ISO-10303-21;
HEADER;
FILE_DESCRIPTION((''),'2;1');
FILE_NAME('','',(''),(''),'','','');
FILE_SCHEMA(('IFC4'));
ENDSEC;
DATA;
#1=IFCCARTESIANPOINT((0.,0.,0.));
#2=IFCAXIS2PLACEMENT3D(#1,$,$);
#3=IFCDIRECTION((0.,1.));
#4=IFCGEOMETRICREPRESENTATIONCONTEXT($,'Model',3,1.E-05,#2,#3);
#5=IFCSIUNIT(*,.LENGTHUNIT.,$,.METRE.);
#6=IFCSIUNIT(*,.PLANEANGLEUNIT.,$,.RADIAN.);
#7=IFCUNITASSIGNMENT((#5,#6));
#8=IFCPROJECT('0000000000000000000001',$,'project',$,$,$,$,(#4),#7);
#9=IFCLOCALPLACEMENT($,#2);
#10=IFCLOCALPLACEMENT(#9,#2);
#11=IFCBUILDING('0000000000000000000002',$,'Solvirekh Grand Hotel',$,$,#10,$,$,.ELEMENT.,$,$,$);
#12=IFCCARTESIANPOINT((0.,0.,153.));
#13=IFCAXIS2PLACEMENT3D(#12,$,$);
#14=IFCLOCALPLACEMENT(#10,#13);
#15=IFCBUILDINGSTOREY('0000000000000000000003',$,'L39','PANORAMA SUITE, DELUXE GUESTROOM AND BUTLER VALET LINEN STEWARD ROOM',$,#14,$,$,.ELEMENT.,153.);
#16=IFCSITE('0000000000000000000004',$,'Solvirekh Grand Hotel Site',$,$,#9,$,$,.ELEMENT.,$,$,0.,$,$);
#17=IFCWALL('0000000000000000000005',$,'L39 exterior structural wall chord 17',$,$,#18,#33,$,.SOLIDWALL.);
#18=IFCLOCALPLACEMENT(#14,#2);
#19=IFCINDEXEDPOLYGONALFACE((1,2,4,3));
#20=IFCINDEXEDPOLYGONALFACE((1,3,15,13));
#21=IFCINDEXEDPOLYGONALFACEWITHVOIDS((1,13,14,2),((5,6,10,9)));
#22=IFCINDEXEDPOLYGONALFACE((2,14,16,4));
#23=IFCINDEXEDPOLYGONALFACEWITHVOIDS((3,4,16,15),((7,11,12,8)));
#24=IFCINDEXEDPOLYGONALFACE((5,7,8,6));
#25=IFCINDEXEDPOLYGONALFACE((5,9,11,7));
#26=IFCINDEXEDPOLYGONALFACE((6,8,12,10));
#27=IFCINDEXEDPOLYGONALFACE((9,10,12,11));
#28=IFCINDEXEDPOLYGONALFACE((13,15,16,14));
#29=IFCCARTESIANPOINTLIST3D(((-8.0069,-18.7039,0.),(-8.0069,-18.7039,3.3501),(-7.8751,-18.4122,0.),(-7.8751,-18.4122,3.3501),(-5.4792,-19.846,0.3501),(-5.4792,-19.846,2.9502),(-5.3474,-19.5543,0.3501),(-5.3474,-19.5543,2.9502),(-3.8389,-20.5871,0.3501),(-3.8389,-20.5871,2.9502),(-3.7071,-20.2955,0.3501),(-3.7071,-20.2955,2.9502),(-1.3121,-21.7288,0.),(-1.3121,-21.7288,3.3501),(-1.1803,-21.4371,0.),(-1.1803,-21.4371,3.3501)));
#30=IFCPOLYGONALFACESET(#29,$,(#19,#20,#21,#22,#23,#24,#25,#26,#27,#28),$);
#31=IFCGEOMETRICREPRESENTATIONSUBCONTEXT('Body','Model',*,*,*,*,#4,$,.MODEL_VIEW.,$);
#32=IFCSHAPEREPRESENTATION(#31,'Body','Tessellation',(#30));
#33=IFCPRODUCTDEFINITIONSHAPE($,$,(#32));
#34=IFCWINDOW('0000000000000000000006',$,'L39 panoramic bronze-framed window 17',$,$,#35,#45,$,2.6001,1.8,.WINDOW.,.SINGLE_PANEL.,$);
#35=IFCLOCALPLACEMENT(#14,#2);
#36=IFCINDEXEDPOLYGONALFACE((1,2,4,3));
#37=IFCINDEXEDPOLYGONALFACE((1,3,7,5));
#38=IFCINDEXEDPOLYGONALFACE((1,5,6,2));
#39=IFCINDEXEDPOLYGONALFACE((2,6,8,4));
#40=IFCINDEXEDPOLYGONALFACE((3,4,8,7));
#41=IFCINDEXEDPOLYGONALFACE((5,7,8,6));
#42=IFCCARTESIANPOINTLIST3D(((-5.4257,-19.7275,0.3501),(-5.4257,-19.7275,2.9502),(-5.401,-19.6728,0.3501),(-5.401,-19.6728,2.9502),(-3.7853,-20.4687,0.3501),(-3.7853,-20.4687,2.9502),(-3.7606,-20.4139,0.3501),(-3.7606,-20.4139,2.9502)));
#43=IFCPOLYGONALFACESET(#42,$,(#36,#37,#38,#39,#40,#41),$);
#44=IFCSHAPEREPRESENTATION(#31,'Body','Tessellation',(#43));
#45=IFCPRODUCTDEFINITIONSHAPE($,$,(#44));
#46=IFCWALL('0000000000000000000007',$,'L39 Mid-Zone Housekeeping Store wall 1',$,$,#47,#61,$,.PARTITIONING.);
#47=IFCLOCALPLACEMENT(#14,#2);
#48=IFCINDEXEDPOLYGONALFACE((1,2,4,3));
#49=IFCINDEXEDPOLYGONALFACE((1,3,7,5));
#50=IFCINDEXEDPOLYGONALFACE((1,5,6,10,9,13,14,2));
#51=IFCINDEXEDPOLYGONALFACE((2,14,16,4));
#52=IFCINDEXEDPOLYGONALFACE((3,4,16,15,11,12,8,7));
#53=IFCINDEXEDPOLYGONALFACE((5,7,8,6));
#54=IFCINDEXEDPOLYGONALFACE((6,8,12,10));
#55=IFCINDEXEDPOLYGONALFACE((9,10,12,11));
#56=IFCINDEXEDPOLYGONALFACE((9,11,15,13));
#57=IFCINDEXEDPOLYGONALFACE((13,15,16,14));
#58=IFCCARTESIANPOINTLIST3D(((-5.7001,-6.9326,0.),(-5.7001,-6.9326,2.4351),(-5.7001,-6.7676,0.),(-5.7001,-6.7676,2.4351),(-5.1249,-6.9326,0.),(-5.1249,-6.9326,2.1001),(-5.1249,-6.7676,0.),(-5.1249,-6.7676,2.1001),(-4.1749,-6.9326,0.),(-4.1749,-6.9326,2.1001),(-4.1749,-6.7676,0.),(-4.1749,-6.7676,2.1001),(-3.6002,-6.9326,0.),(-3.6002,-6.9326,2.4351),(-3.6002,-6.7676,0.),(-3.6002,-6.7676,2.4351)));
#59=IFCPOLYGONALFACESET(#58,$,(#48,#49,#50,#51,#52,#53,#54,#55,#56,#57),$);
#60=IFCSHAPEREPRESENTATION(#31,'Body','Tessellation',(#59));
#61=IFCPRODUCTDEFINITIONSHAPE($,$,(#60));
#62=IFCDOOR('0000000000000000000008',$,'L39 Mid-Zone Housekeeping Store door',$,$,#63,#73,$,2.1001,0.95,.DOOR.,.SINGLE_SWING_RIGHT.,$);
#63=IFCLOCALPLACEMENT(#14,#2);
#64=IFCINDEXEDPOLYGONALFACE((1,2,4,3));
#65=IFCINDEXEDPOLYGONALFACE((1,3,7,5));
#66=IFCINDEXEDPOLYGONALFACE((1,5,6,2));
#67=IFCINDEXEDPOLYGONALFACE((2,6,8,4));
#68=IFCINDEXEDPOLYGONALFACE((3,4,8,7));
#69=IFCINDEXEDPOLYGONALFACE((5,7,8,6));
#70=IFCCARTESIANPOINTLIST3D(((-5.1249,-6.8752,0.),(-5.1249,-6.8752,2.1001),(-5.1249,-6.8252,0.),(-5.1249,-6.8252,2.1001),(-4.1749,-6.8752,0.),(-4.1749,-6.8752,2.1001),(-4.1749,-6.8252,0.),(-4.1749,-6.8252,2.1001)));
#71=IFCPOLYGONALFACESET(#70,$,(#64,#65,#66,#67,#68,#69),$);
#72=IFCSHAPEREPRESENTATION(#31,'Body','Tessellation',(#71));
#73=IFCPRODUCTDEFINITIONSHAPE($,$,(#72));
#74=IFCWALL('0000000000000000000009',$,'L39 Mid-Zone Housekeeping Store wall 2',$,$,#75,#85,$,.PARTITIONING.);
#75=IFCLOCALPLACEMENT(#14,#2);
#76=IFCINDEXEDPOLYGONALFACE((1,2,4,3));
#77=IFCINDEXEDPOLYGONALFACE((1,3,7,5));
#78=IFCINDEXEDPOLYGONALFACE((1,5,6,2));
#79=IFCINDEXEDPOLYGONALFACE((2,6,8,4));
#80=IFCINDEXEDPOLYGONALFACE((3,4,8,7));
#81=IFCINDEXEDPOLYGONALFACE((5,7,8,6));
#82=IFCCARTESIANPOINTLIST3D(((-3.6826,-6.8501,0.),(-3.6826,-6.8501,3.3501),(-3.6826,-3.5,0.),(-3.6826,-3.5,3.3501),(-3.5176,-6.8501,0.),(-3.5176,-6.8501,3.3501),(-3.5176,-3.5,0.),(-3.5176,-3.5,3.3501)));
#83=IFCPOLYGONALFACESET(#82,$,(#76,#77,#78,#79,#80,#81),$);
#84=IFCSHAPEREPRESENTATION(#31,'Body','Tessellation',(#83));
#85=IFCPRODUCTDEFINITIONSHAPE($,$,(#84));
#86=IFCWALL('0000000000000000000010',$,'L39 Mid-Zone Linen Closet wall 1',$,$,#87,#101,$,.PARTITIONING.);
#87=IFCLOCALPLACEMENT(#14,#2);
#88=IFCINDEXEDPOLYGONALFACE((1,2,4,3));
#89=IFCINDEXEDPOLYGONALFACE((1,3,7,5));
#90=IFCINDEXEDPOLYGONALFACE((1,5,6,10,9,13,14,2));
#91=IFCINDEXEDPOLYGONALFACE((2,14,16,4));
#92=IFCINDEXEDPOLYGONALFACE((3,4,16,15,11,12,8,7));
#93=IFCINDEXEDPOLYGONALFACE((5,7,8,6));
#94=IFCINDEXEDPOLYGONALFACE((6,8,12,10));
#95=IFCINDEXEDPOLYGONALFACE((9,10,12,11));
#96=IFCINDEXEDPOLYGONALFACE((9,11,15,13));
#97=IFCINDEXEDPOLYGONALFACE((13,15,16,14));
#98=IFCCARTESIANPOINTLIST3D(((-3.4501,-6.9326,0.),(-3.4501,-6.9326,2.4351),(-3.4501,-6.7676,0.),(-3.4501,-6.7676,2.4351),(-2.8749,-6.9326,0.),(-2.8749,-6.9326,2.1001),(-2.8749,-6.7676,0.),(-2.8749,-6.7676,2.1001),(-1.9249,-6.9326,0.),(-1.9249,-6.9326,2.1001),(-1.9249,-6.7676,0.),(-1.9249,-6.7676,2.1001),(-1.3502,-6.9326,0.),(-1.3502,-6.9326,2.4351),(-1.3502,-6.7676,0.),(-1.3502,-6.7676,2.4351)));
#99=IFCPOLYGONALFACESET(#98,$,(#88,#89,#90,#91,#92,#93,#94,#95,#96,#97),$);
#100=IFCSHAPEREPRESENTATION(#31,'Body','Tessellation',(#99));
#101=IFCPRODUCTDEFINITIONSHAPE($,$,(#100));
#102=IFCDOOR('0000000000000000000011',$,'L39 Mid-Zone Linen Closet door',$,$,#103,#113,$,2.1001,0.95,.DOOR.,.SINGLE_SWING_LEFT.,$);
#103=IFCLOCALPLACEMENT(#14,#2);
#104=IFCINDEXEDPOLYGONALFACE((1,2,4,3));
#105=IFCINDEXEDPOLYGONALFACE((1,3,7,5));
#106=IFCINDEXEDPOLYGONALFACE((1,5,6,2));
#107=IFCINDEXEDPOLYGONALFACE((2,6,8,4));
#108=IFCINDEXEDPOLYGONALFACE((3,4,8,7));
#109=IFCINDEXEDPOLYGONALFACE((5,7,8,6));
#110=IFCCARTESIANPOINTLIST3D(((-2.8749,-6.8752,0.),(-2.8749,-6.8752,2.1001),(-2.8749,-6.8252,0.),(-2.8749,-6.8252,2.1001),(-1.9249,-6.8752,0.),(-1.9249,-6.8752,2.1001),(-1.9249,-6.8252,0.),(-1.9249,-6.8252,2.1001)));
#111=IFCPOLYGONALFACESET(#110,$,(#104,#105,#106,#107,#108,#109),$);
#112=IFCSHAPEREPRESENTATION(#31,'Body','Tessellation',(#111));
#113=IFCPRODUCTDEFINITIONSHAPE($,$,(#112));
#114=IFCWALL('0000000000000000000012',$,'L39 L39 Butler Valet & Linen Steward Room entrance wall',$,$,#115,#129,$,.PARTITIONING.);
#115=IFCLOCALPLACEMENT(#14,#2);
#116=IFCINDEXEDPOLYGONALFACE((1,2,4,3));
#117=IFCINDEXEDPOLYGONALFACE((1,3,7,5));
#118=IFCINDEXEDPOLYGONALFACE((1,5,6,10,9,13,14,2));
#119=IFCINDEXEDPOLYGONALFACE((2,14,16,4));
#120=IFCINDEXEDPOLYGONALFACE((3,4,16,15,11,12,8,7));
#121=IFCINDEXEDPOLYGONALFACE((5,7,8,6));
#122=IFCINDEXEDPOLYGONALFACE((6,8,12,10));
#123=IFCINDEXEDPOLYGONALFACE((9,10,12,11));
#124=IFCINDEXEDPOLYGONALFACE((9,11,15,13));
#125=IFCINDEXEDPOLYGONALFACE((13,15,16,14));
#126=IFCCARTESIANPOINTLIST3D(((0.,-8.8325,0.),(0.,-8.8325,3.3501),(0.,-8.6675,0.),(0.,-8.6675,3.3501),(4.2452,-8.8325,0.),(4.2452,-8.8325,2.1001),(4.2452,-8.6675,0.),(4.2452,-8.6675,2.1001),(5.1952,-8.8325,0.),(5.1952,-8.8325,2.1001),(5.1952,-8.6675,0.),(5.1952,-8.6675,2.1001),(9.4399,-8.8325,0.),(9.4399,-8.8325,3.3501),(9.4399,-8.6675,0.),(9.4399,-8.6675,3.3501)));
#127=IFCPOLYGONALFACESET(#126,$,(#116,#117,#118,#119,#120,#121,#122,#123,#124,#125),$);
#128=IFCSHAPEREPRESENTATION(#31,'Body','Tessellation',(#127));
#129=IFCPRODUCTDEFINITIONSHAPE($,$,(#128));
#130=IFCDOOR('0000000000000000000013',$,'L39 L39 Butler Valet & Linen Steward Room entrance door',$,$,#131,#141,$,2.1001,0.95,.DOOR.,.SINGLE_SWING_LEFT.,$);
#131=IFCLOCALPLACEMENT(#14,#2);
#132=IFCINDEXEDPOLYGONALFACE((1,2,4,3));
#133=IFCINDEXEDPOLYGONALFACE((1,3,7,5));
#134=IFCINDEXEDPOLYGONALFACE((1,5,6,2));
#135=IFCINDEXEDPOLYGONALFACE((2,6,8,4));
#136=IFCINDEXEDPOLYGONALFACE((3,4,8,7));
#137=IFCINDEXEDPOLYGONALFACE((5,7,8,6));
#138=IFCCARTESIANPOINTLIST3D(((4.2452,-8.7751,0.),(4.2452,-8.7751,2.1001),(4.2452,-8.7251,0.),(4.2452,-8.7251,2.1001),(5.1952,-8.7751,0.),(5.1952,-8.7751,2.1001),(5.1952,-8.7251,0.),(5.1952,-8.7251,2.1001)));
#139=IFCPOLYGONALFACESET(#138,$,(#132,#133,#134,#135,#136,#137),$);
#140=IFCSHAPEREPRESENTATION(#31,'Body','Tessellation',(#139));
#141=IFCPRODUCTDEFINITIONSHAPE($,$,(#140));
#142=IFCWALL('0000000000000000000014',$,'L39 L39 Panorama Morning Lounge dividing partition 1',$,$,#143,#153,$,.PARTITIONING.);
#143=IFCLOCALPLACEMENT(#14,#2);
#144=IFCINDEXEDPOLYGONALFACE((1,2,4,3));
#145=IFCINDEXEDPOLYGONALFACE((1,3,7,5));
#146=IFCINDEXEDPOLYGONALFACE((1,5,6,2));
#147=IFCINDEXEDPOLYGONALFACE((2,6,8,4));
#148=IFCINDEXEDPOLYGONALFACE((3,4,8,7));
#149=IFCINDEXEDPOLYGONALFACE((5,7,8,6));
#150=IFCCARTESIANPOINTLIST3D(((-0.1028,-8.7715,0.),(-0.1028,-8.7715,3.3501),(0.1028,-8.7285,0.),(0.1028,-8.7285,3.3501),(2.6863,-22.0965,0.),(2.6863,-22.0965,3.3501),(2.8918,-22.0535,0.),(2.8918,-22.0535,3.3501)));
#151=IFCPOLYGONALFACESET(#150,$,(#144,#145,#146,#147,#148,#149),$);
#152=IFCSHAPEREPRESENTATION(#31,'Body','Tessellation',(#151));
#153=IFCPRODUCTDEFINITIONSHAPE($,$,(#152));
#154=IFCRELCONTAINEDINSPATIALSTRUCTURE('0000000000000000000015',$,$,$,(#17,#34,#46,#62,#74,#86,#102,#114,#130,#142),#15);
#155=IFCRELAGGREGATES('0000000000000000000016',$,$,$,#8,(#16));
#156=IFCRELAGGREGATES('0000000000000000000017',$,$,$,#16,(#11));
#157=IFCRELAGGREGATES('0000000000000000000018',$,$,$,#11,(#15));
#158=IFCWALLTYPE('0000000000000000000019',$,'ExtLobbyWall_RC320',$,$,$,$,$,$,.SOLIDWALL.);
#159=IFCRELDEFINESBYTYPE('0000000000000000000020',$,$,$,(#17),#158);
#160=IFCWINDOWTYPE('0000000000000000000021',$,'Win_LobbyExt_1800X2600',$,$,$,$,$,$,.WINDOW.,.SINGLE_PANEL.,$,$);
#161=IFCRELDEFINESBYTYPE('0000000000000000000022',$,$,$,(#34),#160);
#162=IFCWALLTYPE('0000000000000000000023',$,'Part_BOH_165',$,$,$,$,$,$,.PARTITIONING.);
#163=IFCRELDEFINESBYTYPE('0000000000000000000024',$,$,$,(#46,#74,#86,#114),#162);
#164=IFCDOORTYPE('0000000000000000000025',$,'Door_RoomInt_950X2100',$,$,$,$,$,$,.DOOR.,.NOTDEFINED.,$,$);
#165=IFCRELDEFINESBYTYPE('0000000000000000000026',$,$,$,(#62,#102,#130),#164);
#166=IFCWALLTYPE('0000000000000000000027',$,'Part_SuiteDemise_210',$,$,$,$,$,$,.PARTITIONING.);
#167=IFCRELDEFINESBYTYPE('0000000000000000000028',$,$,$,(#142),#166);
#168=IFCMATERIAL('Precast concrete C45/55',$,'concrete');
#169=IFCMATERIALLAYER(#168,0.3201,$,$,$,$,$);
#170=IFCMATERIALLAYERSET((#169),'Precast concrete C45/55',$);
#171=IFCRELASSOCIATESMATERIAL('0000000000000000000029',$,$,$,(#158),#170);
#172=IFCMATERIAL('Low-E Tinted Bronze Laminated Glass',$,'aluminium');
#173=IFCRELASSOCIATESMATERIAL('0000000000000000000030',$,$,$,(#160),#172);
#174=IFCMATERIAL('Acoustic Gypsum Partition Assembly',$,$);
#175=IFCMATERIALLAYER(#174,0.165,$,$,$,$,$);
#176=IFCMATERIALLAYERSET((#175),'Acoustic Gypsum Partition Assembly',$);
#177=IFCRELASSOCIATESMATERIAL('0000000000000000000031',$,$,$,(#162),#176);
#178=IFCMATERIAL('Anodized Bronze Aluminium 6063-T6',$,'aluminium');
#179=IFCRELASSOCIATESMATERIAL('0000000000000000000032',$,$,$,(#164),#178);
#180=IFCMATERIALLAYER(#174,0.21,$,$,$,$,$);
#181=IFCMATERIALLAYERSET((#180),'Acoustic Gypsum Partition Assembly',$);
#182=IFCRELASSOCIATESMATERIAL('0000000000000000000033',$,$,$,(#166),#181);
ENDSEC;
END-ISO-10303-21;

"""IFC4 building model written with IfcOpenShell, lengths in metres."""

from ifc_helpers import new_model, si_unit, direction, frame, frame_2d, origin, place, context, subcontext, project, spatial, rectangle, extrude, material, layer, layer_set, type_object, element, fill, save


model = new_model("IFC4")

# Units and contexts
model_context = context("Model", 3, precision=1e-05, world=origin(), true_north=direction((0.0, 1.0)))
body_context = subcontext(model_context, "Body", "Model", "MODEL_VIEW")
ifc_project = project(units=[si_unit("LENGTHUNIT", "METRE"), si_unit("PLANEANGLEUNIT", "RADIAN")], contexts=[model_context])

# Site, building, storey
site_placement = place(None, origin())
site = spatial("IfcSite", under=ifc_project, at=site_placement, Name="Solvirekh Grand Hotel Site", CompositionType="ELEMENT", RefElevation=0.0)
building_placement = place(site_placement, origin())
building = spatial("IfcBuilding", under=site, at=building_placement, Name="Solvirekh Grand Hotel", CompositionType="ELEMENT")
storey_placement = place(building_placement, frame((0.0, 0.0, 153.0)))
storey = spatial("IfcBuildingStorey", under=building, at=storey_placement, Name="L39", Description="PANORAMA SUITE, DELUXE GUESTROOM AND BUTLER VALET LINEN STEWARD ROOM", CompositionType="ELEMENT", Elevation=153.0)

# Shared definitions
ifc_material_1 = material(Name="Anodized Bronze Aluminium 6063-T6", Category="aluminium")

# Wall, opening, window
ifc_material_2 = material(Name="Precast concrete C45/55", Category="concrete")
ifc_layer_1 = layer(ifc_material_2, 0.3201)
ifc_layer_set_1 = layer_set([ifc_layer_1], Name="Precast concrete C45/55")
wall_type_1 = type_object("IfcWallType", Name="ExtLobbyWall_RC320", PredefinedType="SOLIDWALL", material=ifc_layer_set_1)
wall_1_placement = place(storey_placement, frame((-1.2461, -21.583, 0.0), z_axis=(0.0, 0.0, 1.0), x_axis=(-0.911297, 0.411749, 0.0)))
wall_1 = element("IfcWall", 1, at=wall_1_placement, inside=storey, type_object=wall_type_1, Name="L39 exterior structural wall chord 17", PredefinedType="SOLIDWALL", context=body_context, shape_type="SweptSolid", body=[
    extrude(rectangle(XDim=7.3464, YDim=0.3201, at=frame_2d((3.6733, 0.0))), origin(), (0.0, 0.0, 1.0), 3.3501),
])
opening_1_placement = place(wall_1_placement, frame((2.7729, 0.0, 0.3501)))
opening_1 = element("IfcOpeningElement", 2, at=opening_1_placement, cuts=wall_1, PredefinedType="OPENING", context=body_context, shape_type="SweptSolid", body=[
    extrude(rectangle(XDim=1.8, YDim=2.6001, at=frame_2d((0.8999, 1.3))), frame((0.0, 0.1699, 0.0), z_axis=(0.0, -1.0, 0.0), x_axis=(1.0, 0.0, 0.0)), (0.0, 0.0, 1.0), 0.3401),
])
ifc_material_3 = material(Name="Low-E Tinted Bronze Laminated Glass", Category="aluminium")
window_type = type_object("IfcWindowType", Name="Win_LobbyExt_1800X2600", PartitioningType="SINGLE_PANEL", PredefinedType="WINDOW", material=ifc_material_3)
window_placement = place(opening_1_placement, origin())
window = element("IfcWindow", 3, at=window_placement, inside=storey, type_object=window_type, Name="L39 panoramic bronze-framed window 17", OverallHeight=2.6001, OverallWidth=1.8, PartitioningType="SINGLE_PANEL", PredefinedType="WINDOW", context=body_context, shape_type="SweptSolid", body=[
    extrude(rectangle(XDim=1.8, YDim=2.6001, at=frame_2d((0.8999, 1.3))), frame((0.0, 0.03, 0.0), z_axis=(0.0, -1.0, 0.0), x_axis=(1.0, 0.0, 0.0)), (0.0, 0.0, 1.0), 0.0601),
])
fill(opening_1, window)

# Wall, opening, door
ifc_material_4 = material(Name="Acoustic Gypsum Partition Assembly")
ifc_layer_2 = layer(ifc_material_4, 0.165)
ifc_layer_set_2 = layer_set([ifc_layer_2], Name="Acoustic Gypsum Partition Assembly")
wall_type_2 = type_object("IfcWallType", Name="Part_BOH_165", PredefinedType="PARTITIONING", material=ifc_layer_set_2)
wall_2_placement = place(storey_placement, frame((-5.7, -6.8501, 0.0), z_axis=(0.0, 0.0, 1.0), x_axis=(1.0, 0.0, 0.0)))
wall_2 = element("IfcWall", 4, at=wall_2_placement, inside=storey, type_object=wall_type_2, Name="L39 Mid-Zone Housekeeping Store wall 1", PredefinedType="PARTITIONING", context=body_context, shape_type="SweptSolid", body=[
    extrude(rectangle(XDim=2.0999, YDim=0.165, at=frame_2d((1.0498, 0.0))), origin(), (0.0, 0.0, 1.0), 2.4351),
])
opening_2_placement = place(wall_2_placement, frame((0.575, 0.0, 0.0)))
opening_2 = element("IfcOpeningElement", 5, at=opening_2_placement, cuts=wall_2, PredefinedType="OPENING", context=body_context, shape_type="SweptSolid", body=[
    extrude(rectangle(XDim=0.95, YDim=2.1001, at=frame_2d((0.4751, 1.05))), frame((0.0, 0.0925, 0.0), z_axis=(0.0, -1.0, 0.0), x_axis=(1.0, 0.0, 0.0)), (0.0, 0.0, 1.0), 0.1851),
])
door_type_1 = type_object("IfcDoorType", Name="Door_RoomInt_950X2100", OperationType="NOTDEFINED", PredefinedType="DOOR", material=ifc_material_1)
door_1_placement = place(opening_2_placement, origin())
door_1 = element("IfcDoor", 6, at=door_1_placement, inside=storey, type_object=door_type_1, Name="L39 Mid-Zone Housekeeping Store door", OperationType="SINGLE_SWING_RIGHT", OverallHeight=2.1001, OverallWidth=0.95, PredefinedType="DOOR", context=body_context, shape_type="SweptSolid", body=[
    extrude(rectangle(XDim=0.95, YDim=2.1001, at=frame_2d((0.4751, 1.05))), frame((0.0, 0.0249, 0.0), z_axis=(0.0, -1.0, 0.0), x_axis=(1.0, 0.0, 0.0)), (0.0, 0.0, 1.0), 0.05),
])
fill(opening_2, door_1)

# Wall
wall_3_placement = place(storey_placement, frame((-3.6001, -6.8501, 0.0), z_axis=(0.0, 0.0, 1.0), x_axis=(0.0, 1.0, 0.0)))
element("IfcWall", 7, at=wall_3_placement, inside=storey, type_object=wall_type_2, Name="L39 Mid-Zone Housekeeping Store wall 2", PredefinedType="PARTITIONING", context=body_context, shape_type="SweptSolid", body=[
    extrude(rectangle(XDim=3.3501, YDim=0.165, at=frame_2d((1.675, 0.0))), origin(), (0.0, 0.0, 1.0), 3.3501),
])

# Walls, openings, doors
wall_4_placement = place(storey_placement, frame((-3.45, -6.8501, 0.0), z_axis=(0.0, 0.0, 1.0), x_axis=(1.0, 0.0, 0.0)))
wall_4 = element("IfcWall", 8, at=wall_4_placement, inside=storey, type_object=wall_type_2, Name="L39 Mid-Zone Linen Closet wall 1", PredefinedType="PARTITIONING", context=body_context, shape_type="SweptSolid", body=[
    extrude(rectangle(XDim=2.0999, YDim=0.165, at=frame_2d((1.0498, 0.0))), origin(), (0.0, 0.0, 1.0), 2.4351),
])
opening_3_placement = place(wall_4_placement, frame((0.575, 0.0, 0.0)))
opening_3 = element("IfcOpeningElement", 9, at=opening_3_placement, cuts=wall_4, PredefinedType="OPENING", context=body_context, shape_type="SweptSolid", body=[
    extrude(rectangle(XDim=0.95, YDim=2.1001, at=frame_2d((0.4751, 1.05))), frame((0.0, 0.0925, 0.0), z_axis=(0.0, -1.0, 0.0), x_axis=(1.0, 0.0, 0.0)), (0.0, 0.0, 1.0), 0.1851),
])
door_2_placement = place(opening_3_placement, origin())
door_2 = element("IfcDoor", 10, at=door_2_placement, inside=storey, type_object=door_type_1, Name="L39 Mid-Zone Linen Closet door", OperationType="SINGLE_SWING_LEFT", OverallHeight=2.1001, OverallWidth=0.95, PredefinedType="DOOR", context=body_context, shape_type="SweptSolid", body=[
    extrude(rectangle(XDim=0.95, YDim=2.1001, at=frame_2d((0.4751, 1.05))), frame((0.0, 0.0249, 0.0), z_axis=(0.0, -1.0, 0.0), x_axis=(1.0, 0.0, 0.0)), (0.0, 0.0, 1.0), 0.05),
])
fill(opening_3, door_2)
wall_5_placement = place(storey_placement, frame((0.0, -8.75, 0.0), z_axis=(0.0, 0.0, 1.0), x_axis=(1.0, 0.0, 0.0)))
wall_5 = element("IfcWall", 11, at=wall_5_placement, inside=storey, type_object=wall_type_2, Name="L39 L39 Butler Valet & Linen Steward Room entrance wall", PredefinedType="PARTITIONING", context=body_context, shape_type="SweptSolid", body=[
    extrude(rectangle(XDim=9.4399, YDim=0.165, at=frame_2d((4.72, 0.0))), origin(), (0.0, 0.0, 1.0), 3.3501),
])
opening_4_placement = place(wall_5_placement, frame((4.2451, 0.0, 0.0)))
opening_4 = element("IfcOpeningElement", 12, at=opening_4_placement, cuts=wall_5, PredefinedType="OPENING", context=body_context, shape_type="SweptSolid", body=[
    extrude(rectangle(XDim=0.95, YDim=2.1001, at=frame_2d((0.4751, 1.05))), frame((0.0, 0.0925, 0.0), z_axis=(0.0, -1.0, 0.0), x_axis=(1.0, 0.0, 0.0)), (0.0, 0.0, 1.0), 0.1851),
])
door_3_placement = place(opening_4_placement, origin())
door_3 = element("IfcDoor", 13, at=door_3_placement, inside=storey, type_object=door_type_1, Name="L39 L39 Butler Valet & Linen Steward Room entrance door", OperationType="SINGLE_SWING_LEFT", OverallHeight=2.1001, OverallWidth=0.95, PredefinedType="DOOR", context=body_context, shape_type="SweptSolid", body=[
    extrude(rectangle(XDim=0.95, YDim=2.1001, at=frame_2d((0.4751, 1.05))), frame((0.0, 0.0249, 0.0), z_axis=(0.0, -1.0, 0.0), x_axis=(1.0, 0.0, 0.0)), (0.0, 0.0, 1.0), 0.05),
])
fill(opening_4, door_3)

# Wall
ifc_layer_3 = layer(ifc_material_4, 0.21)
ifc_layer_set_3 = layer_set([ifc_layer_3], Name="Acoustic Gypsum Partition Assembly")
wall_type_3 = type_object("IfcWallType", Name="Part_SuiteDemise_210", PredefinedType="PARTITIONING", material=ifc_layer_set_3)
wall_6_placement = place(storey_placement, frame((0.0, -8.75, 0.0), z_axis=(0.0, 0.0, 1.0), x_axis=(0.204872, -0.978789, 0.0)))
element("IfcWall", 14, at=wall_6_placement, inside=storey, type_object=wall_type_3, Name="L39 L39 Panorama Morning Lounge dividing partition 1", PredefinedType="PARTITIONING", context=body_context, shape_type="SweptSolid", body=[
    extrude(rectangle(XDim=13.6138, YDim=0.21, at=frame_2d((6.8069, 0.0))), origin(), (0.0, 0.0, 1.0), 3.3501),
])

save(model, "model.ifc")
